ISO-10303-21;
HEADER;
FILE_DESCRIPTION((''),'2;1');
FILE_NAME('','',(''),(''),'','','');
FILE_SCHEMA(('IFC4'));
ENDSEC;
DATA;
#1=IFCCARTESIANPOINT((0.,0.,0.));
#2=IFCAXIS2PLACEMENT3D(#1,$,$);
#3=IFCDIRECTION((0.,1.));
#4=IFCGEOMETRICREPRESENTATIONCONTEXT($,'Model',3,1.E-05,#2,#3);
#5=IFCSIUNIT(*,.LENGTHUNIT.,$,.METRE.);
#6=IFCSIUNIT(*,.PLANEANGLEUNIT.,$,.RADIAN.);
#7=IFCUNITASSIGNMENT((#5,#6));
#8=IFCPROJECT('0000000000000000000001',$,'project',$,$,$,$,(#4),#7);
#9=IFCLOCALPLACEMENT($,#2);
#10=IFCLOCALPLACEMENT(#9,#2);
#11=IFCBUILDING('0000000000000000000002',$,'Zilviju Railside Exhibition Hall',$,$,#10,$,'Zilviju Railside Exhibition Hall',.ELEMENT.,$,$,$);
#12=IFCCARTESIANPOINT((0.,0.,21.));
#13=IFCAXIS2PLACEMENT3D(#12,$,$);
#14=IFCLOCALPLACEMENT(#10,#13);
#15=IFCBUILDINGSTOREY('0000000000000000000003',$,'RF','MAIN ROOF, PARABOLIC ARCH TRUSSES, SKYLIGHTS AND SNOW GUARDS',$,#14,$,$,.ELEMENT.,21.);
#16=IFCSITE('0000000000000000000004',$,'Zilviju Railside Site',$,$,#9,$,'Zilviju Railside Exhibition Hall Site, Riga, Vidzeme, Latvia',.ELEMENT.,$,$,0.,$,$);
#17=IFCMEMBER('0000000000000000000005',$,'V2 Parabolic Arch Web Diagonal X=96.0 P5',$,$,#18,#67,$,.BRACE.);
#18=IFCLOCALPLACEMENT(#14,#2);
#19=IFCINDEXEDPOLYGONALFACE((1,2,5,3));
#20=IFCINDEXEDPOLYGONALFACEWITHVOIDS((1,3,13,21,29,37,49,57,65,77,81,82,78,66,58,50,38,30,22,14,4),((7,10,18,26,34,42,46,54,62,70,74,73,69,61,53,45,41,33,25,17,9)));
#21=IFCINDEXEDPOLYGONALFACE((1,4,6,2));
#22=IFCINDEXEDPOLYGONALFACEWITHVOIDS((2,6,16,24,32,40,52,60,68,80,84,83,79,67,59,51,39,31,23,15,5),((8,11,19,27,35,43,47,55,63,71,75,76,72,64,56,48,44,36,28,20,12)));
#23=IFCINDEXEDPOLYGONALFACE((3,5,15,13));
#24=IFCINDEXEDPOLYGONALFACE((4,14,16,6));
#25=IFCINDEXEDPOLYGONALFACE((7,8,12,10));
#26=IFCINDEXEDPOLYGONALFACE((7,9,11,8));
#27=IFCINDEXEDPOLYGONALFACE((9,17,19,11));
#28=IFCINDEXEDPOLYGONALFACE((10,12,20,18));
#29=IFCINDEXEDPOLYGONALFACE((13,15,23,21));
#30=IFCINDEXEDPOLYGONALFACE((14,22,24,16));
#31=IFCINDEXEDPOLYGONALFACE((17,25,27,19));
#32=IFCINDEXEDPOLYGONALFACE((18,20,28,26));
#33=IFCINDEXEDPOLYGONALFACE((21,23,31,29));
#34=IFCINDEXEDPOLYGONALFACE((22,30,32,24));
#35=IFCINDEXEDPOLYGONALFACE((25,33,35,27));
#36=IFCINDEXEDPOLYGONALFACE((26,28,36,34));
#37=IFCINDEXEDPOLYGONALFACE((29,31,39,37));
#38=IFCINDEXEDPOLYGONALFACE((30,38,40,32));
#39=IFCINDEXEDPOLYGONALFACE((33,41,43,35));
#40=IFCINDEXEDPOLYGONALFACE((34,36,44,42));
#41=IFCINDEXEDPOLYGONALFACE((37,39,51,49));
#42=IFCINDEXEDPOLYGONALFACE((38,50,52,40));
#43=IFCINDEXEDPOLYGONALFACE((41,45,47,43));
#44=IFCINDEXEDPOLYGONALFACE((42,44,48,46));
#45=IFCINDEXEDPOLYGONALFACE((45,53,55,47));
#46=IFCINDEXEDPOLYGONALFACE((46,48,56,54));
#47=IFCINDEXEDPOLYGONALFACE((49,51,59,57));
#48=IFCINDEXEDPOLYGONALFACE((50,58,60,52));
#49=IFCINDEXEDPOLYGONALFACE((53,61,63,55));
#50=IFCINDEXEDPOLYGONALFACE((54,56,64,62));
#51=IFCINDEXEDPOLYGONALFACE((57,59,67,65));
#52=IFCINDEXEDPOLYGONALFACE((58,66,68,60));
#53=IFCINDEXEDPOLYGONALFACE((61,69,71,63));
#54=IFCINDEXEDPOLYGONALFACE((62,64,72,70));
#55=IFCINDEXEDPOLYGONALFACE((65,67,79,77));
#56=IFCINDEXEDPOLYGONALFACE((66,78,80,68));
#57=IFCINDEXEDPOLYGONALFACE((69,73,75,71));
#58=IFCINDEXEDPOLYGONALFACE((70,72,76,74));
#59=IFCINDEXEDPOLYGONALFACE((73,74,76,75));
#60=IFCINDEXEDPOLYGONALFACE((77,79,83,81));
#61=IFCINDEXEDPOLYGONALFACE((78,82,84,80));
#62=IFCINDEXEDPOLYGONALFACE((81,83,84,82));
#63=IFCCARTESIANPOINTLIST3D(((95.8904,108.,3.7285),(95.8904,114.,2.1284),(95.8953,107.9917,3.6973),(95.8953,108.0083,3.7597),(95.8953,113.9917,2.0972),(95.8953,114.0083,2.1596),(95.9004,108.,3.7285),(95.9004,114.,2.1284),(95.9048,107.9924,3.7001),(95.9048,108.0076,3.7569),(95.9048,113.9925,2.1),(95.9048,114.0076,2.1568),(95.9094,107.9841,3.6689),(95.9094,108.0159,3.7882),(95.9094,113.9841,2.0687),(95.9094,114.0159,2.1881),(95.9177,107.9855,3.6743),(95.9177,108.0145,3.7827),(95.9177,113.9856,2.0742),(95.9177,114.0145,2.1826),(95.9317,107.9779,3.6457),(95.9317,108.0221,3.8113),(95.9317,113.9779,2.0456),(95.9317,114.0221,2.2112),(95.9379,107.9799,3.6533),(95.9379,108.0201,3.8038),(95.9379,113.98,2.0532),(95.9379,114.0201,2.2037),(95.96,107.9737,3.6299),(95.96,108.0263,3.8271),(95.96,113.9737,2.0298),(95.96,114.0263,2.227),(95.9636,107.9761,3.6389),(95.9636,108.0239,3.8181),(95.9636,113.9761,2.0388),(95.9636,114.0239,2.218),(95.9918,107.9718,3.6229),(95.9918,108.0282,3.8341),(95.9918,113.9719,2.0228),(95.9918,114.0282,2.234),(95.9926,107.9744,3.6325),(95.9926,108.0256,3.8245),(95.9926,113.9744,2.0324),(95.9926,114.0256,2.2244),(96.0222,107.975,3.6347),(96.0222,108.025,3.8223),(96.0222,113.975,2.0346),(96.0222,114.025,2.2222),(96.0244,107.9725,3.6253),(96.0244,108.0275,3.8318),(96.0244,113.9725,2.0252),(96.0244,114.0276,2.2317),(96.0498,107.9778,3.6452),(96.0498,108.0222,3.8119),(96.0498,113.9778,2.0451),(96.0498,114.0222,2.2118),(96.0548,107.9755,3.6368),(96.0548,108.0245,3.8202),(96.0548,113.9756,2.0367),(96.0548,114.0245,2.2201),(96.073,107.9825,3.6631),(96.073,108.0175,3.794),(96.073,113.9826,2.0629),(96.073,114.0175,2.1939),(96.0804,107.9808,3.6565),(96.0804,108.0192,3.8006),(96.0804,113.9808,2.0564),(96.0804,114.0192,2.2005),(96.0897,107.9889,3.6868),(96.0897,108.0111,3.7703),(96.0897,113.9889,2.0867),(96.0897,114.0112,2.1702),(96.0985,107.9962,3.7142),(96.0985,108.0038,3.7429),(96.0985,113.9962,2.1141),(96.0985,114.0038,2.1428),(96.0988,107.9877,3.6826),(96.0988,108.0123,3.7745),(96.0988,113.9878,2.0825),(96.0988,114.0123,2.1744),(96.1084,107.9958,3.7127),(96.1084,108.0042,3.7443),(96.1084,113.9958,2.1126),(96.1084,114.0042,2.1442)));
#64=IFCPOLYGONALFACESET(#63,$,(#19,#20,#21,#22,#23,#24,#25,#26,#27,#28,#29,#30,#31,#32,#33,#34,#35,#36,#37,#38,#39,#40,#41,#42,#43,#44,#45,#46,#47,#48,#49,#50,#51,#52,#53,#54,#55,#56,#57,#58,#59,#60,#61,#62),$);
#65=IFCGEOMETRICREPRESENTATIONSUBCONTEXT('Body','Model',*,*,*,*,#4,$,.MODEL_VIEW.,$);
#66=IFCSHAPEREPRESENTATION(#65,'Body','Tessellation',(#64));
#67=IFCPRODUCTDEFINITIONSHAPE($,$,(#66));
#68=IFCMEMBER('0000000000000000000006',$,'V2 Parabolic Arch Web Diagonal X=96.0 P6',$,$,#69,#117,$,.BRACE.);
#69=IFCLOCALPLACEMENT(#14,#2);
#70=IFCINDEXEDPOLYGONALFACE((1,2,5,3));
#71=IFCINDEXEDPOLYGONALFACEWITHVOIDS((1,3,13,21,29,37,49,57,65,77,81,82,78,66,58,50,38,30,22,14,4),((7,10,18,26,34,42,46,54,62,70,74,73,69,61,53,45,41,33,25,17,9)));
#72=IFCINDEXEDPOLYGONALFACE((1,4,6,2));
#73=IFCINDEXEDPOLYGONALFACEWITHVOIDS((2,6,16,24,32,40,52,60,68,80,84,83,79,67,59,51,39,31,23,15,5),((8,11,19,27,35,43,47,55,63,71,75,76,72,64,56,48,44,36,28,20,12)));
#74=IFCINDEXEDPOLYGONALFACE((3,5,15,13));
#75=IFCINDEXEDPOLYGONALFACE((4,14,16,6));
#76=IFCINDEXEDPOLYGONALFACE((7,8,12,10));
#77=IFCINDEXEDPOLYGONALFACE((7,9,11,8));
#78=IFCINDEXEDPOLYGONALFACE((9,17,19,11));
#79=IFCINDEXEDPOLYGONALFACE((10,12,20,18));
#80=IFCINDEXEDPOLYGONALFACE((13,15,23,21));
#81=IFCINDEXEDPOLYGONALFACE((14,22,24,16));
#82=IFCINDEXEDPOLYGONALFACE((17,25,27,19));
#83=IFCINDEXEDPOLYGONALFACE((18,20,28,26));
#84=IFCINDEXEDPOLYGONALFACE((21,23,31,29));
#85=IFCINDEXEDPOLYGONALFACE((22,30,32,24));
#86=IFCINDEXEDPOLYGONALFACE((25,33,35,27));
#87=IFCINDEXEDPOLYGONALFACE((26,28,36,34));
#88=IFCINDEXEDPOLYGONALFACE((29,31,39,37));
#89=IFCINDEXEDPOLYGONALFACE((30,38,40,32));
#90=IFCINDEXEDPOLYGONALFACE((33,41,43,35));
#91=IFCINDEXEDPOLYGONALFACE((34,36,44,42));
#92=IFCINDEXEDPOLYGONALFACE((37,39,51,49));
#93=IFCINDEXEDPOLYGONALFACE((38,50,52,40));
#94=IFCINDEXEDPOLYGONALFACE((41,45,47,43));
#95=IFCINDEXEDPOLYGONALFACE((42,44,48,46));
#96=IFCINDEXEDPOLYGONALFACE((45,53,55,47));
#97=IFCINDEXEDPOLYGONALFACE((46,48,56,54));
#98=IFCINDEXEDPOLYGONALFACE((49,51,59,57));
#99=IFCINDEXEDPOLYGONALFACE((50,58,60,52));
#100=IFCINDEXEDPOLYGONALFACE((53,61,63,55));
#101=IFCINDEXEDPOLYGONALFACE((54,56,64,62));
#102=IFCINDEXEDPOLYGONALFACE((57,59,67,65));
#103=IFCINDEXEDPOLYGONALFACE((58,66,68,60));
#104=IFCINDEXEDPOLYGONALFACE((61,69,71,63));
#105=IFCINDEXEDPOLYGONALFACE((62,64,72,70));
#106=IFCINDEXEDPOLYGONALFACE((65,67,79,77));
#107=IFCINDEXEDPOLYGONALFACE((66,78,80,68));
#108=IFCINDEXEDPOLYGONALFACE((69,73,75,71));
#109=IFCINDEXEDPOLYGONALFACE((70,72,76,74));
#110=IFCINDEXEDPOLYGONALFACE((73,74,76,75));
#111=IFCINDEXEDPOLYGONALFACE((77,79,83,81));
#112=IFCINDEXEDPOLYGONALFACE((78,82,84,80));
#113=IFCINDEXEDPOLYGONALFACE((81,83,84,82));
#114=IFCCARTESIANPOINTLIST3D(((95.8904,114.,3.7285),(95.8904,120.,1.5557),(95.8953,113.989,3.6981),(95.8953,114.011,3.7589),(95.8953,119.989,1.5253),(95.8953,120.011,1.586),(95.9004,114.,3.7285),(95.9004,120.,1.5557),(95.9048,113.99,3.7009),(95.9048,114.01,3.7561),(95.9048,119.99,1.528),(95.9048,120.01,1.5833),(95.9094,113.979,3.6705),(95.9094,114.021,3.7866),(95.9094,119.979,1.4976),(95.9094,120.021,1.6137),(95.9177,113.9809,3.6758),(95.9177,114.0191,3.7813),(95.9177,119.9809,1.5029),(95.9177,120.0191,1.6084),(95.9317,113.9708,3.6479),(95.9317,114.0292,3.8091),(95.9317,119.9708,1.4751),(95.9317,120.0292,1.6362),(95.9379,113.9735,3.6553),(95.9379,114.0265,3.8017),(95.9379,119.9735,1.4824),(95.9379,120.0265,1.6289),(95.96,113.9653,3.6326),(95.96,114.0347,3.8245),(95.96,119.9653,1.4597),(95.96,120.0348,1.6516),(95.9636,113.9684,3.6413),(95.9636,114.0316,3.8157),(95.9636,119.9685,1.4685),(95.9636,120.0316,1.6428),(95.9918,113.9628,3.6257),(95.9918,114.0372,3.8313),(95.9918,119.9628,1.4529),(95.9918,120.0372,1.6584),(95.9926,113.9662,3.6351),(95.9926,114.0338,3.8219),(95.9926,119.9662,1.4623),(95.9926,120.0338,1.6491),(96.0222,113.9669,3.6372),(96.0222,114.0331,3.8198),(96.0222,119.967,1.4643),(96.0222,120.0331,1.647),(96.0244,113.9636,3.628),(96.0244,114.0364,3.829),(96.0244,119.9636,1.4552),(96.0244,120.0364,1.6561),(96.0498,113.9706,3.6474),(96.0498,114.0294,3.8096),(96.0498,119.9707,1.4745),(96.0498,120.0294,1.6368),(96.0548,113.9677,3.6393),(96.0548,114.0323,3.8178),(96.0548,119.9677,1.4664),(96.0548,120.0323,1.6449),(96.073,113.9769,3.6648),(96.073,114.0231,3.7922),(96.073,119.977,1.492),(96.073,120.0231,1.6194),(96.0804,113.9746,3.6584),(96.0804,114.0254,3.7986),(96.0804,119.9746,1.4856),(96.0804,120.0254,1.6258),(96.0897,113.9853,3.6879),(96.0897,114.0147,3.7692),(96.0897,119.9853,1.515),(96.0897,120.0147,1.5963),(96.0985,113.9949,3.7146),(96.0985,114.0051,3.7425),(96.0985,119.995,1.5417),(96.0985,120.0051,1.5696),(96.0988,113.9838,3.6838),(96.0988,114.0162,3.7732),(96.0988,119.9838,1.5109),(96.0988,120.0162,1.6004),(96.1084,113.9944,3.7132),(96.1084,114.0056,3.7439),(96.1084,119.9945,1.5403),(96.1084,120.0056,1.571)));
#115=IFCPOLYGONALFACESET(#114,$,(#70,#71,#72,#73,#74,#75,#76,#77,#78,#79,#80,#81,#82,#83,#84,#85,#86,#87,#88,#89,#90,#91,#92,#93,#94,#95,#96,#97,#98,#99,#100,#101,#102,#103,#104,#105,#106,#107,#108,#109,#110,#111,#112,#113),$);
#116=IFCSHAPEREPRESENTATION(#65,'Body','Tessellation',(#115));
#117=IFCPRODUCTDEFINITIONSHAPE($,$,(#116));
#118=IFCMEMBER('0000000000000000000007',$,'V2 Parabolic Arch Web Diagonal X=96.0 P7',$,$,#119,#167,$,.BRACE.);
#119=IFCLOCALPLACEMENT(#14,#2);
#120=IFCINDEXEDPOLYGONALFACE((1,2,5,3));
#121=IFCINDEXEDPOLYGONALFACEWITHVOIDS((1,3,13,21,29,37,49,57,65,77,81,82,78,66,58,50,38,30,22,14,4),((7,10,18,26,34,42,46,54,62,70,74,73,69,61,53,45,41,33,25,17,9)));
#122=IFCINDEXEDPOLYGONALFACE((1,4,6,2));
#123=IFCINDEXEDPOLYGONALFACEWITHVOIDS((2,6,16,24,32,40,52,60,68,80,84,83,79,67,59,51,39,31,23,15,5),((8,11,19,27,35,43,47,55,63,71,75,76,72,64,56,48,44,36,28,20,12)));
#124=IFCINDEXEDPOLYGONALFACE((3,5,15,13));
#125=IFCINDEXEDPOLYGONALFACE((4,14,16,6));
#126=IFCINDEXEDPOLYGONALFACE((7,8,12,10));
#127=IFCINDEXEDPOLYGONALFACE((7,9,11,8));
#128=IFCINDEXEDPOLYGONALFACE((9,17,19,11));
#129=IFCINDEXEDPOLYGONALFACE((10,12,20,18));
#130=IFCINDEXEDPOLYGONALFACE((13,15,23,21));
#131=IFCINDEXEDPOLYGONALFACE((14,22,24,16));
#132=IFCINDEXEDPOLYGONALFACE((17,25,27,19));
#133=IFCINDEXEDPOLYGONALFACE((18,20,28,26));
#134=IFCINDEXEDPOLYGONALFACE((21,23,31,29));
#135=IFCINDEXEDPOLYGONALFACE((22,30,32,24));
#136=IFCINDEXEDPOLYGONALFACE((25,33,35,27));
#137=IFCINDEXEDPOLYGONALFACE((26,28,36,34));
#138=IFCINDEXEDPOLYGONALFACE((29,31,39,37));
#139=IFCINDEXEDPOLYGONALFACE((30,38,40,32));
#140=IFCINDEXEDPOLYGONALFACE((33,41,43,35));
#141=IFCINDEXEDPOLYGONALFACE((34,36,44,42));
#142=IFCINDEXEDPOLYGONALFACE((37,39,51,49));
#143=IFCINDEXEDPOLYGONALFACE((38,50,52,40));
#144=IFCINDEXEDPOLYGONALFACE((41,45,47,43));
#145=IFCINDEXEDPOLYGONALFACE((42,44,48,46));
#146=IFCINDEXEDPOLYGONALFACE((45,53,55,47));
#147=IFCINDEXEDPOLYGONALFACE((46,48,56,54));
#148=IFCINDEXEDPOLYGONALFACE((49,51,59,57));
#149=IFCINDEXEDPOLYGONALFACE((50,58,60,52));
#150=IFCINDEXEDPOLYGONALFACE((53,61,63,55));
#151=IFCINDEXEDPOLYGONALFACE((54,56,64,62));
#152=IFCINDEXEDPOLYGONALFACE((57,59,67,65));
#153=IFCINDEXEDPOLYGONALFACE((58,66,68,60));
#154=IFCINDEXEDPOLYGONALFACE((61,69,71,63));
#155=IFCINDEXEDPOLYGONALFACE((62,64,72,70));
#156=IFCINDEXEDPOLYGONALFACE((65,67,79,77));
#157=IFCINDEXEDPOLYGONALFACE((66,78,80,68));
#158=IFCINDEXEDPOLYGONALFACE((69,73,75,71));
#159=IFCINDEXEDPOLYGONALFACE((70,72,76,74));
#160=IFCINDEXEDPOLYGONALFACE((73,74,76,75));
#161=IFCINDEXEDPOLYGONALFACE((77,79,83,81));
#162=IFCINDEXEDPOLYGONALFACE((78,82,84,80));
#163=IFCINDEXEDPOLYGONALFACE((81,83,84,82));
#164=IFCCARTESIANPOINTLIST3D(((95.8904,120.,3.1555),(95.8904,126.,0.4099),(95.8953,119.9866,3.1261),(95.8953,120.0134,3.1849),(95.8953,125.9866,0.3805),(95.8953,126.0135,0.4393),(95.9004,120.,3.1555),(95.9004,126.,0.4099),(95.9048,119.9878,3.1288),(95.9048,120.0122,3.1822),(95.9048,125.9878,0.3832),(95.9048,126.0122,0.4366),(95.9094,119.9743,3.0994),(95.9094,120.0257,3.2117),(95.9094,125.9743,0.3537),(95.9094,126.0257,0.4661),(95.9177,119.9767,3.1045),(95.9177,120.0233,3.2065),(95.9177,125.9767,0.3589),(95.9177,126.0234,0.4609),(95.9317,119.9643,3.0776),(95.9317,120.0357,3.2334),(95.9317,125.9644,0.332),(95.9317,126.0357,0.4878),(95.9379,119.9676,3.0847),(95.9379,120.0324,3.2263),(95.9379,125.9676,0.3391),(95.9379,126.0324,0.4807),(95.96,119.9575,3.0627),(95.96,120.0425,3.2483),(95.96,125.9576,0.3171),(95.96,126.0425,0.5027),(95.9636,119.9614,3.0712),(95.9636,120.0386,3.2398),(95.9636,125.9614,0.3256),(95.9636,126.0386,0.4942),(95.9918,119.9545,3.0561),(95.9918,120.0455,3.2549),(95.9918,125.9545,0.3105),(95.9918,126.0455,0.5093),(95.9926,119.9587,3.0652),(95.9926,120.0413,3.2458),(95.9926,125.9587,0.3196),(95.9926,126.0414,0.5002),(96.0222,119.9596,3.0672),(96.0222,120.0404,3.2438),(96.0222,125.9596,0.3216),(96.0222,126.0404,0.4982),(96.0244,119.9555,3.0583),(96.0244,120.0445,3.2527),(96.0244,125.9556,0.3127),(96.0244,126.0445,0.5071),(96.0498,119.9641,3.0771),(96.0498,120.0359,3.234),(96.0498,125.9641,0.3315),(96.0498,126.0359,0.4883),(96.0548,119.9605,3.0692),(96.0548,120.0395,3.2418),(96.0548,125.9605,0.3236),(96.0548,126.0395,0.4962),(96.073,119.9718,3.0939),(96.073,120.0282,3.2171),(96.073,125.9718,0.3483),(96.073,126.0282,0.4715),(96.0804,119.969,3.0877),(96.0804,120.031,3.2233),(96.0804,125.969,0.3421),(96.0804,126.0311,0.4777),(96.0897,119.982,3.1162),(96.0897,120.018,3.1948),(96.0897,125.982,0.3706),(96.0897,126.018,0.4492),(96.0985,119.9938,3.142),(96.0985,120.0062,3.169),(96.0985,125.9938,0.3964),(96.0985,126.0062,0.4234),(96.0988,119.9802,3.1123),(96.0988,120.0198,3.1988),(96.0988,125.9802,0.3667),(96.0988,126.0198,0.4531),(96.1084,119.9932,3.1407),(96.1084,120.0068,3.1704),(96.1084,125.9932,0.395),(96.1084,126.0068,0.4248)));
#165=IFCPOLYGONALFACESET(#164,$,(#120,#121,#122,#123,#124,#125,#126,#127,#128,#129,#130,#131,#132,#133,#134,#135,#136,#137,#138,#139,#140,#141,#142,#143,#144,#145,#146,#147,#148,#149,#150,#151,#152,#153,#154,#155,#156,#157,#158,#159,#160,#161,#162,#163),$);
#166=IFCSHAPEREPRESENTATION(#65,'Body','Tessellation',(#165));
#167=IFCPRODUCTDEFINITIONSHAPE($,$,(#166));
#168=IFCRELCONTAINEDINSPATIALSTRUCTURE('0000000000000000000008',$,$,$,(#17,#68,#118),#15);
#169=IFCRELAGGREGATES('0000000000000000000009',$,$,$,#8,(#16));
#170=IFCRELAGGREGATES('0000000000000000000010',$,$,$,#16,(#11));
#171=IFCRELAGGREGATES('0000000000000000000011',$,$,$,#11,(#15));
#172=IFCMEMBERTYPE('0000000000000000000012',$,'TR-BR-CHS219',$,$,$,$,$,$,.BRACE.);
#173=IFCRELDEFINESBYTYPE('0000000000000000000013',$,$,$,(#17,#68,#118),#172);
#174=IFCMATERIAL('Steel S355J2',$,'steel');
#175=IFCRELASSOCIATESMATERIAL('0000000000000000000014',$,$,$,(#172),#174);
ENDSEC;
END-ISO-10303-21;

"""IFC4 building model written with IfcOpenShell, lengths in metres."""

from ifc_helpers import new_model, si_unit, direction, frame, origin, origin_2d, place, context, subcontext, project, spatial, hollow_circle, extrude, material, material_profile, profile_set, type_object, element, save


model = new_model("IFC4")

# Units and contexts
model_context = context("Model", 3, precision=1e-05, world=origin(), true_north=direction((0.0, 1.0)))
body_context = subcontext(model_context, "Body", "Model", "MODEL_VIEW")
ifc_project = project(units=[si_unit("LENGTHUNIT", "METRE"), si_unit("PLANEANGLEUNIT", "RADIAN")], contexts=[model_context])

# Site, building, storey
site_placement = place(None, origin())
site = spatial("IfcSite", under=ifc_project, at=site_placement, Name="Zilviju Railside Site", LongName="Zilviju Railside Exhibition Hall Site, Riga, Vidzeme, Latvia", CompositionType="ELEMENT", RefElevation=0.0)
building_placement = place(site_placement, origin())
building = spatial("IfcBuilding", under=site, at=building_placement, Name="Zilviju Railside Exhibition Hall", LongName="Zilviju Railside Exhibition Hall", CompositionType="ELEMENT")
storey_placement = place(building_placement, frame((0.0, 0.0, 21.0)))
storey = spatial("IfcBuildingStorey", under=building, at=storey_placement, Name="RF", Description="MAIN ROOF, PARABOLIC ARCH TRUSSES, SKYLIGHTS AND SNOW GUARDS", CompositionType="ELEMENT", Elevation=21.0)

# Members
ifc_material_1 = material(Name="Steel S355J2", Category="steel")
ifc_material_profile_1 = material_profile(ifc_material_1, hollow_circle(Radius=0.1096, WallThickness=0.01, at=origin_2d()), Name="CHS 219.1x10.0")
ifc_profile_set_1 = profile_set([ifc_material_profile_1], Name="Steel S355J2")
member_type_1 = type_object("IfcMemberType", Name="TR-BR-CHS219", PredefinedType="BRACE", material=ifc_profile_set_1)
member_1_placement = place(storey_placement, frame((96.0, 108.0, 3.7285), z_axis=(0.0, 0.966231, -0.257677), x_axis=(-1.0, 0.0, 0.0)))
element("IfcMember", 1, at=member_1_placement, inside=storey, type_object=member_type_1, Name="V2 Parabolic Arch Web Diagonal X=96.0 P5", PredefinedType="BRACE", context=body_context, shape_type="SweptSolid", body=[
    extrude(hollow_circle(Radius=0.1096, WallThickness=0.01, at=origin_2d()), origin(), (0.0, 0.0, 1.0), 6.2097),
])
member_2_placement = place(storey_placement, frame((96.0, 114.0, 3.7285), z_axis=(0.0, 0.940244, -0.340502), x_axis=(-1.0, 0.0, 0.0)))
element("IfcMember", 2, at=member_2_placement, inside=storey, type_object=member_type_1, Name="V2 Parabolic Arch Web Diagonal X=96.0 P6", PredefinedType="BRACE", context=body_context, shape_type="SweptSolid", body=[
    extrude(hollow_circle(Radius=0.1096, WallThickness=0.01, at=origin_2d()), origin(), (0.0, 0.0, 1.0), 6.3813),
])
member_3_placement = place(storey_placement, frame((96.0, 120.0, 3.1555), z_axis=(0.0, 0.909317, -0.416104), x_axis=(-1.0, 0.0, 0.0)))
element("IfcMember", 3, at=member_3_placement, inside=storey, type_object=member_type_1, Name="V2 Parabolic Arch Web Diagonal X=96.0 P7", PredefinedType="BRACE", context=body_context, shape_type="SweptSolid", body=[
    extrude(hollow_circle(Radius=0.1096, WallThickness=0.01, at=origin_2d()), origin(), (0.0, 0.0, 1.0), 6.5984),
])

save(model, "model.ifc")
